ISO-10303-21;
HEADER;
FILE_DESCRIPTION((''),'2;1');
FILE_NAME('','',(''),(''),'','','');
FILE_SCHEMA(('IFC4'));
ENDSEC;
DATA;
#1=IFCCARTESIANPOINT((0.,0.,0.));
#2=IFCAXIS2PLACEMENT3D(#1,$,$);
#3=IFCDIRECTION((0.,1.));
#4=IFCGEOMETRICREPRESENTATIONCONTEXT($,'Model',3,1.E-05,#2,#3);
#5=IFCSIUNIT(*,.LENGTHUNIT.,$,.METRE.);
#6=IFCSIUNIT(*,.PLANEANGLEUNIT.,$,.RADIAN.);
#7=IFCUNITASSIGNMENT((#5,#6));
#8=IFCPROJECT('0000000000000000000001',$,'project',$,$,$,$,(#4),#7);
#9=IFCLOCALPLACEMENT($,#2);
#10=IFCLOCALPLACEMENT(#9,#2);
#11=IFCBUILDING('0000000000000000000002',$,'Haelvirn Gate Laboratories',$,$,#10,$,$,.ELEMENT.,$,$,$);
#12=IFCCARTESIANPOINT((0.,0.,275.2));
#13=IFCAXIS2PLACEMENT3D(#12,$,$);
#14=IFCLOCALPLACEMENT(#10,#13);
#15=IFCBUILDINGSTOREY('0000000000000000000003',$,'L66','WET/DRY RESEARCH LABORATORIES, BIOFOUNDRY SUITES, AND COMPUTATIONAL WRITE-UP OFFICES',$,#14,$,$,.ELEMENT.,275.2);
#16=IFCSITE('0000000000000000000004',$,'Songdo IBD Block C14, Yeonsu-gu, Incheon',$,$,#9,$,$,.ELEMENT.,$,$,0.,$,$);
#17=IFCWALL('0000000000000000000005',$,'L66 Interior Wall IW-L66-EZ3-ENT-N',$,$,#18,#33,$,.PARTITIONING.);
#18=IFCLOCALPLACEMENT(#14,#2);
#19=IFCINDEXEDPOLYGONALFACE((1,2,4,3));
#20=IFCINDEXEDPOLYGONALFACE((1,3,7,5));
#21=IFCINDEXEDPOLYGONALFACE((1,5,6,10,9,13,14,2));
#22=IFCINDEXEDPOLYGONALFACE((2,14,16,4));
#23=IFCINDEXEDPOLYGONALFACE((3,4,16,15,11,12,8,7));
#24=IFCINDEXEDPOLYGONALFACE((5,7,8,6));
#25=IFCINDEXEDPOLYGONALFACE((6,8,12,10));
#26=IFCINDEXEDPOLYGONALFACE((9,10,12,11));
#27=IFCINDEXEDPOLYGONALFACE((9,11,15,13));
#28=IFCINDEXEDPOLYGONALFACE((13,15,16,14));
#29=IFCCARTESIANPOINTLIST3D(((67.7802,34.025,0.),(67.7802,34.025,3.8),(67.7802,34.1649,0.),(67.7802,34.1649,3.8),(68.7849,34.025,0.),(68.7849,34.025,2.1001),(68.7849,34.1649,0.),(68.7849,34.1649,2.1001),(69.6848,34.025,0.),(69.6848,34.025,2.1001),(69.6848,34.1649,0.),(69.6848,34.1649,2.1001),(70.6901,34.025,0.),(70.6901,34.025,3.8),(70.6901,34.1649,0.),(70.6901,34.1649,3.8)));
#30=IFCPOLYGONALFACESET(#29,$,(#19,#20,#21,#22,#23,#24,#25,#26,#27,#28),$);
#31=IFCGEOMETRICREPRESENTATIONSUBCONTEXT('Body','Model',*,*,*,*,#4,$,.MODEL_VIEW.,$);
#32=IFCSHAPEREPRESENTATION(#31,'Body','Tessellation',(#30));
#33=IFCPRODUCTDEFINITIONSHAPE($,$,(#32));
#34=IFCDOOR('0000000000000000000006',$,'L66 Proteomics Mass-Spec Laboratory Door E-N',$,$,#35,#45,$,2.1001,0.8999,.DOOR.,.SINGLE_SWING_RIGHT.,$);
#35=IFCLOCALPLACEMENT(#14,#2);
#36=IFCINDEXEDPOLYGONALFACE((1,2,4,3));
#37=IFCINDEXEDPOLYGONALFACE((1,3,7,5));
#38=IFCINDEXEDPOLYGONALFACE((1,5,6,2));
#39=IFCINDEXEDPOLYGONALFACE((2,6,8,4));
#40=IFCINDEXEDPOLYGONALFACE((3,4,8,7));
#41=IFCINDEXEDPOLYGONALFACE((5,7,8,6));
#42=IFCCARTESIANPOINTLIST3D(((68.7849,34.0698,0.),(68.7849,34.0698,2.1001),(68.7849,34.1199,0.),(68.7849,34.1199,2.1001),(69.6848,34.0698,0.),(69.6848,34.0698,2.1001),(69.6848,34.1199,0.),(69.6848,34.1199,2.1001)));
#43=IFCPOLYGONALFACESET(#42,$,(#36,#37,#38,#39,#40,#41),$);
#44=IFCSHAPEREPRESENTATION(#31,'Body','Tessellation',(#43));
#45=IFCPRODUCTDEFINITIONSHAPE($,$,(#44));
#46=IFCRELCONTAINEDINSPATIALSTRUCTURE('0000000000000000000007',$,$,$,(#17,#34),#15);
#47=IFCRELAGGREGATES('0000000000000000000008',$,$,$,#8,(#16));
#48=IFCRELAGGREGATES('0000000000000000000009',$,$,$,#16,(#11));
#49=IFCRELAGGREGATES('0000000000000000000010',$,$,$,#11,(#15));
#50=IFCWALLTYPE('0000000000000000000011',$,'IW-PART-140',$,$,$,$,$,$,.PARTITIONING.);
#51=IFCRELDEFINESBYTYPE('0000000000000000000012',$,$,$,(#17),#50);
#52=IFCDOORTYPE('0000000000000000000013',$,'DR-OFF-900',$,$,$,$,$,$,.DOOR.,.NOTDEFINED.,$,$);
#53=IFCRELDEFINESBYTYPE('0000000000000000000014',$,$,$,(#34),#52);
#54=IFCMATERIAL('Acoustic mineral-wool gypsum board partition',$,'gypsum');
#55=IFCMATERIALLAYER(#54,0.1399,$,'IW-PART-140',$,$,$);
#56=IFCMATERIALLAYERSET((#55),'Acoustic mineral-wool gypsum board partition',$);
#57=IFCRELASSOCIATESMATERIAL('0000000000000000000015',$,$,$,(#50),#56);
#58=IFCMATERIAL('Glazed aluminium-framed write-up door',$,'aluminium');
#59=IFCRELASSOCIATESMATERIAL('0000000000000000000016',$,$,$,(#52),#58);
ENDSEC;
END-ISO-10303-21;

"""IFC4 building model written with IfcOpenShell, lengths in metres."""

from ifc_helpers import new_model, si_unit, direction, frame, frame_2d, origin, place, context, subcontext, project, spatial, rectangle, extrude, source, transform, mapped, material, layer, layer_set, type_object, type_shapes, element, fill, save


model = new_model("IFC4")

# Units and contexts
model_context = context("Model", 3, precision=1e-05, world=origin(), true_north=direction((0.0, 1.0)))
body_context = subcontext(model_context, "Body", "Model", "MODEL_VIEW")
ifc_project = project(units=[si_unit("LENGTHUNIT", "METRE"), si_unit("PLANEANGLEUNIT", "RADIAN")], contexts=[model_context])

# Site, building, storey
site_placement = place(None, origin())
site = spatial("IfcSite", under=ifc_project, at=site_placement, Name="Songdo IBD Block C14, Yeonsu-gu, Incheon", CompositionType="ELEMENT", RefElevation=0.0)
building_placement = place(site_placement, origin())
building = spatial("IfcBuilding", under=site, at=building_placement, Name="Haelvirn Gate Laboratories", CompositionType="ELEMENT")
storey_placement = place(building_placement, frame((0.0, 0.0, 275.2)))
storey = spatial("IfcBuildingStorey", under=building, at=storey_placement, Name="L66", Description="WET/DRY RESEARCH LABORATORIES, BIOFOUNDRY SUITES, AND COMPUTATIONAL WRITE-UP OFFICES", CompositionType="ELEMENT", Elevation=275.2)

# Wall, opening, door
ifc_material_1 = material(Name="Acoustic mineral-wool gypsum board partition", Category="gypsum")
ifc_layer_1 = layer(ifc_material_1, 0.1399, Name="IW-PART-140")
ifc_layer_set_1 = layer_set([ifc_layer_1], Name="Acoustic mineral-wool gypsum board partition")
wall_type_1 = type_object("IfcWallType", Name="IW-PART-140", PredefinedType="PARTITIONING", material=ifc_layer_set_1)
wall_1_placement = place(storey_placement, frame((67.78, 34.095, 0.0), z_axis=(0.0, 0.0, 1.0), x_axis=(1.0, 0.0, 0.0)))
wall_1 = element("IfcWall", 1, at=wall_1_placement, inside=storey, type_object=wall_type_1, Name="L66 Interior Wall IW-L66-EZ3-ENT-N", PredefinedType="PARTITIONING", context=body_context, shape_type="SweptSolid", body=[
    extrude(rectangle(XDim=2.9099, YDim=0.1399, at=frame_2d((1.4551, 0.0))), origin(), (0.0, 0.0, 1.0), 3.8),
])
opening_placement = place(wall_1_placement, frame((1.0049, 0.0, 0.0)))
opening = element("IfcOpeningElement", 2, at=opening_placement, cuts=wall_1, PredefinedType="OPENING", context=body_context, shape_type="SweptSolid", body=[
    extrude(rectangle(XDim=0.8999, YDim=2.1001, at=frame_2d((0.45, 1.05))), frame((0.0, 0.0801, 0.0), z_axis=(0.0, -1.0, 0.0), x_axis=(1.0, 0.0, 0.0)), (0.0, 0.0, 1.0), 0.1599),
])
ifc_material_2 = material(Name="Glazed aluminium-framed write-up door", Category="aluminium")
door_type = type_object("IfcDoorType", Name="DR-OFF-900", OperationType="NOTDEFINED", PredefinedType="DOOR", material=ifc_material_2)
shared_shape_1 = source(origin(), body_context, "Body", "SweptSolid", [
    extrude(rectangle(XDim=0.8999, YDim=2.1001, at=frame_2d((0.45, 1.05))), frame((0.0, 0.0249, 0.0), z_axis=(0.0, -1.0, 0.0), x_axis=(1.0, 0.0, 0.0)), (0.0, 0.0, 1.0), 0.05),
])
type_shapes(door_type, [shared_shape_1])
door_placement = place(opening_placement, origin())
door = element("IfcDoor", 3, at=door_placement, inside=storey, type_object=door_type, Name="L66 Proteomics Mass-Spec Laboratory Door E-N", OperationType="SINGLE_SWING_RIGHT", OverallHeight=2.1001, OverallWidth=0.8999, PredefinedType="DOOR", context=body_context, shape_type="MappedRepresentation", body=[
    mapped(shared_shape_1, transform((0.0, 0.0, 0.0), scale=1.0)),
])
fill(opening, door)

save(model, "model.ifc")
